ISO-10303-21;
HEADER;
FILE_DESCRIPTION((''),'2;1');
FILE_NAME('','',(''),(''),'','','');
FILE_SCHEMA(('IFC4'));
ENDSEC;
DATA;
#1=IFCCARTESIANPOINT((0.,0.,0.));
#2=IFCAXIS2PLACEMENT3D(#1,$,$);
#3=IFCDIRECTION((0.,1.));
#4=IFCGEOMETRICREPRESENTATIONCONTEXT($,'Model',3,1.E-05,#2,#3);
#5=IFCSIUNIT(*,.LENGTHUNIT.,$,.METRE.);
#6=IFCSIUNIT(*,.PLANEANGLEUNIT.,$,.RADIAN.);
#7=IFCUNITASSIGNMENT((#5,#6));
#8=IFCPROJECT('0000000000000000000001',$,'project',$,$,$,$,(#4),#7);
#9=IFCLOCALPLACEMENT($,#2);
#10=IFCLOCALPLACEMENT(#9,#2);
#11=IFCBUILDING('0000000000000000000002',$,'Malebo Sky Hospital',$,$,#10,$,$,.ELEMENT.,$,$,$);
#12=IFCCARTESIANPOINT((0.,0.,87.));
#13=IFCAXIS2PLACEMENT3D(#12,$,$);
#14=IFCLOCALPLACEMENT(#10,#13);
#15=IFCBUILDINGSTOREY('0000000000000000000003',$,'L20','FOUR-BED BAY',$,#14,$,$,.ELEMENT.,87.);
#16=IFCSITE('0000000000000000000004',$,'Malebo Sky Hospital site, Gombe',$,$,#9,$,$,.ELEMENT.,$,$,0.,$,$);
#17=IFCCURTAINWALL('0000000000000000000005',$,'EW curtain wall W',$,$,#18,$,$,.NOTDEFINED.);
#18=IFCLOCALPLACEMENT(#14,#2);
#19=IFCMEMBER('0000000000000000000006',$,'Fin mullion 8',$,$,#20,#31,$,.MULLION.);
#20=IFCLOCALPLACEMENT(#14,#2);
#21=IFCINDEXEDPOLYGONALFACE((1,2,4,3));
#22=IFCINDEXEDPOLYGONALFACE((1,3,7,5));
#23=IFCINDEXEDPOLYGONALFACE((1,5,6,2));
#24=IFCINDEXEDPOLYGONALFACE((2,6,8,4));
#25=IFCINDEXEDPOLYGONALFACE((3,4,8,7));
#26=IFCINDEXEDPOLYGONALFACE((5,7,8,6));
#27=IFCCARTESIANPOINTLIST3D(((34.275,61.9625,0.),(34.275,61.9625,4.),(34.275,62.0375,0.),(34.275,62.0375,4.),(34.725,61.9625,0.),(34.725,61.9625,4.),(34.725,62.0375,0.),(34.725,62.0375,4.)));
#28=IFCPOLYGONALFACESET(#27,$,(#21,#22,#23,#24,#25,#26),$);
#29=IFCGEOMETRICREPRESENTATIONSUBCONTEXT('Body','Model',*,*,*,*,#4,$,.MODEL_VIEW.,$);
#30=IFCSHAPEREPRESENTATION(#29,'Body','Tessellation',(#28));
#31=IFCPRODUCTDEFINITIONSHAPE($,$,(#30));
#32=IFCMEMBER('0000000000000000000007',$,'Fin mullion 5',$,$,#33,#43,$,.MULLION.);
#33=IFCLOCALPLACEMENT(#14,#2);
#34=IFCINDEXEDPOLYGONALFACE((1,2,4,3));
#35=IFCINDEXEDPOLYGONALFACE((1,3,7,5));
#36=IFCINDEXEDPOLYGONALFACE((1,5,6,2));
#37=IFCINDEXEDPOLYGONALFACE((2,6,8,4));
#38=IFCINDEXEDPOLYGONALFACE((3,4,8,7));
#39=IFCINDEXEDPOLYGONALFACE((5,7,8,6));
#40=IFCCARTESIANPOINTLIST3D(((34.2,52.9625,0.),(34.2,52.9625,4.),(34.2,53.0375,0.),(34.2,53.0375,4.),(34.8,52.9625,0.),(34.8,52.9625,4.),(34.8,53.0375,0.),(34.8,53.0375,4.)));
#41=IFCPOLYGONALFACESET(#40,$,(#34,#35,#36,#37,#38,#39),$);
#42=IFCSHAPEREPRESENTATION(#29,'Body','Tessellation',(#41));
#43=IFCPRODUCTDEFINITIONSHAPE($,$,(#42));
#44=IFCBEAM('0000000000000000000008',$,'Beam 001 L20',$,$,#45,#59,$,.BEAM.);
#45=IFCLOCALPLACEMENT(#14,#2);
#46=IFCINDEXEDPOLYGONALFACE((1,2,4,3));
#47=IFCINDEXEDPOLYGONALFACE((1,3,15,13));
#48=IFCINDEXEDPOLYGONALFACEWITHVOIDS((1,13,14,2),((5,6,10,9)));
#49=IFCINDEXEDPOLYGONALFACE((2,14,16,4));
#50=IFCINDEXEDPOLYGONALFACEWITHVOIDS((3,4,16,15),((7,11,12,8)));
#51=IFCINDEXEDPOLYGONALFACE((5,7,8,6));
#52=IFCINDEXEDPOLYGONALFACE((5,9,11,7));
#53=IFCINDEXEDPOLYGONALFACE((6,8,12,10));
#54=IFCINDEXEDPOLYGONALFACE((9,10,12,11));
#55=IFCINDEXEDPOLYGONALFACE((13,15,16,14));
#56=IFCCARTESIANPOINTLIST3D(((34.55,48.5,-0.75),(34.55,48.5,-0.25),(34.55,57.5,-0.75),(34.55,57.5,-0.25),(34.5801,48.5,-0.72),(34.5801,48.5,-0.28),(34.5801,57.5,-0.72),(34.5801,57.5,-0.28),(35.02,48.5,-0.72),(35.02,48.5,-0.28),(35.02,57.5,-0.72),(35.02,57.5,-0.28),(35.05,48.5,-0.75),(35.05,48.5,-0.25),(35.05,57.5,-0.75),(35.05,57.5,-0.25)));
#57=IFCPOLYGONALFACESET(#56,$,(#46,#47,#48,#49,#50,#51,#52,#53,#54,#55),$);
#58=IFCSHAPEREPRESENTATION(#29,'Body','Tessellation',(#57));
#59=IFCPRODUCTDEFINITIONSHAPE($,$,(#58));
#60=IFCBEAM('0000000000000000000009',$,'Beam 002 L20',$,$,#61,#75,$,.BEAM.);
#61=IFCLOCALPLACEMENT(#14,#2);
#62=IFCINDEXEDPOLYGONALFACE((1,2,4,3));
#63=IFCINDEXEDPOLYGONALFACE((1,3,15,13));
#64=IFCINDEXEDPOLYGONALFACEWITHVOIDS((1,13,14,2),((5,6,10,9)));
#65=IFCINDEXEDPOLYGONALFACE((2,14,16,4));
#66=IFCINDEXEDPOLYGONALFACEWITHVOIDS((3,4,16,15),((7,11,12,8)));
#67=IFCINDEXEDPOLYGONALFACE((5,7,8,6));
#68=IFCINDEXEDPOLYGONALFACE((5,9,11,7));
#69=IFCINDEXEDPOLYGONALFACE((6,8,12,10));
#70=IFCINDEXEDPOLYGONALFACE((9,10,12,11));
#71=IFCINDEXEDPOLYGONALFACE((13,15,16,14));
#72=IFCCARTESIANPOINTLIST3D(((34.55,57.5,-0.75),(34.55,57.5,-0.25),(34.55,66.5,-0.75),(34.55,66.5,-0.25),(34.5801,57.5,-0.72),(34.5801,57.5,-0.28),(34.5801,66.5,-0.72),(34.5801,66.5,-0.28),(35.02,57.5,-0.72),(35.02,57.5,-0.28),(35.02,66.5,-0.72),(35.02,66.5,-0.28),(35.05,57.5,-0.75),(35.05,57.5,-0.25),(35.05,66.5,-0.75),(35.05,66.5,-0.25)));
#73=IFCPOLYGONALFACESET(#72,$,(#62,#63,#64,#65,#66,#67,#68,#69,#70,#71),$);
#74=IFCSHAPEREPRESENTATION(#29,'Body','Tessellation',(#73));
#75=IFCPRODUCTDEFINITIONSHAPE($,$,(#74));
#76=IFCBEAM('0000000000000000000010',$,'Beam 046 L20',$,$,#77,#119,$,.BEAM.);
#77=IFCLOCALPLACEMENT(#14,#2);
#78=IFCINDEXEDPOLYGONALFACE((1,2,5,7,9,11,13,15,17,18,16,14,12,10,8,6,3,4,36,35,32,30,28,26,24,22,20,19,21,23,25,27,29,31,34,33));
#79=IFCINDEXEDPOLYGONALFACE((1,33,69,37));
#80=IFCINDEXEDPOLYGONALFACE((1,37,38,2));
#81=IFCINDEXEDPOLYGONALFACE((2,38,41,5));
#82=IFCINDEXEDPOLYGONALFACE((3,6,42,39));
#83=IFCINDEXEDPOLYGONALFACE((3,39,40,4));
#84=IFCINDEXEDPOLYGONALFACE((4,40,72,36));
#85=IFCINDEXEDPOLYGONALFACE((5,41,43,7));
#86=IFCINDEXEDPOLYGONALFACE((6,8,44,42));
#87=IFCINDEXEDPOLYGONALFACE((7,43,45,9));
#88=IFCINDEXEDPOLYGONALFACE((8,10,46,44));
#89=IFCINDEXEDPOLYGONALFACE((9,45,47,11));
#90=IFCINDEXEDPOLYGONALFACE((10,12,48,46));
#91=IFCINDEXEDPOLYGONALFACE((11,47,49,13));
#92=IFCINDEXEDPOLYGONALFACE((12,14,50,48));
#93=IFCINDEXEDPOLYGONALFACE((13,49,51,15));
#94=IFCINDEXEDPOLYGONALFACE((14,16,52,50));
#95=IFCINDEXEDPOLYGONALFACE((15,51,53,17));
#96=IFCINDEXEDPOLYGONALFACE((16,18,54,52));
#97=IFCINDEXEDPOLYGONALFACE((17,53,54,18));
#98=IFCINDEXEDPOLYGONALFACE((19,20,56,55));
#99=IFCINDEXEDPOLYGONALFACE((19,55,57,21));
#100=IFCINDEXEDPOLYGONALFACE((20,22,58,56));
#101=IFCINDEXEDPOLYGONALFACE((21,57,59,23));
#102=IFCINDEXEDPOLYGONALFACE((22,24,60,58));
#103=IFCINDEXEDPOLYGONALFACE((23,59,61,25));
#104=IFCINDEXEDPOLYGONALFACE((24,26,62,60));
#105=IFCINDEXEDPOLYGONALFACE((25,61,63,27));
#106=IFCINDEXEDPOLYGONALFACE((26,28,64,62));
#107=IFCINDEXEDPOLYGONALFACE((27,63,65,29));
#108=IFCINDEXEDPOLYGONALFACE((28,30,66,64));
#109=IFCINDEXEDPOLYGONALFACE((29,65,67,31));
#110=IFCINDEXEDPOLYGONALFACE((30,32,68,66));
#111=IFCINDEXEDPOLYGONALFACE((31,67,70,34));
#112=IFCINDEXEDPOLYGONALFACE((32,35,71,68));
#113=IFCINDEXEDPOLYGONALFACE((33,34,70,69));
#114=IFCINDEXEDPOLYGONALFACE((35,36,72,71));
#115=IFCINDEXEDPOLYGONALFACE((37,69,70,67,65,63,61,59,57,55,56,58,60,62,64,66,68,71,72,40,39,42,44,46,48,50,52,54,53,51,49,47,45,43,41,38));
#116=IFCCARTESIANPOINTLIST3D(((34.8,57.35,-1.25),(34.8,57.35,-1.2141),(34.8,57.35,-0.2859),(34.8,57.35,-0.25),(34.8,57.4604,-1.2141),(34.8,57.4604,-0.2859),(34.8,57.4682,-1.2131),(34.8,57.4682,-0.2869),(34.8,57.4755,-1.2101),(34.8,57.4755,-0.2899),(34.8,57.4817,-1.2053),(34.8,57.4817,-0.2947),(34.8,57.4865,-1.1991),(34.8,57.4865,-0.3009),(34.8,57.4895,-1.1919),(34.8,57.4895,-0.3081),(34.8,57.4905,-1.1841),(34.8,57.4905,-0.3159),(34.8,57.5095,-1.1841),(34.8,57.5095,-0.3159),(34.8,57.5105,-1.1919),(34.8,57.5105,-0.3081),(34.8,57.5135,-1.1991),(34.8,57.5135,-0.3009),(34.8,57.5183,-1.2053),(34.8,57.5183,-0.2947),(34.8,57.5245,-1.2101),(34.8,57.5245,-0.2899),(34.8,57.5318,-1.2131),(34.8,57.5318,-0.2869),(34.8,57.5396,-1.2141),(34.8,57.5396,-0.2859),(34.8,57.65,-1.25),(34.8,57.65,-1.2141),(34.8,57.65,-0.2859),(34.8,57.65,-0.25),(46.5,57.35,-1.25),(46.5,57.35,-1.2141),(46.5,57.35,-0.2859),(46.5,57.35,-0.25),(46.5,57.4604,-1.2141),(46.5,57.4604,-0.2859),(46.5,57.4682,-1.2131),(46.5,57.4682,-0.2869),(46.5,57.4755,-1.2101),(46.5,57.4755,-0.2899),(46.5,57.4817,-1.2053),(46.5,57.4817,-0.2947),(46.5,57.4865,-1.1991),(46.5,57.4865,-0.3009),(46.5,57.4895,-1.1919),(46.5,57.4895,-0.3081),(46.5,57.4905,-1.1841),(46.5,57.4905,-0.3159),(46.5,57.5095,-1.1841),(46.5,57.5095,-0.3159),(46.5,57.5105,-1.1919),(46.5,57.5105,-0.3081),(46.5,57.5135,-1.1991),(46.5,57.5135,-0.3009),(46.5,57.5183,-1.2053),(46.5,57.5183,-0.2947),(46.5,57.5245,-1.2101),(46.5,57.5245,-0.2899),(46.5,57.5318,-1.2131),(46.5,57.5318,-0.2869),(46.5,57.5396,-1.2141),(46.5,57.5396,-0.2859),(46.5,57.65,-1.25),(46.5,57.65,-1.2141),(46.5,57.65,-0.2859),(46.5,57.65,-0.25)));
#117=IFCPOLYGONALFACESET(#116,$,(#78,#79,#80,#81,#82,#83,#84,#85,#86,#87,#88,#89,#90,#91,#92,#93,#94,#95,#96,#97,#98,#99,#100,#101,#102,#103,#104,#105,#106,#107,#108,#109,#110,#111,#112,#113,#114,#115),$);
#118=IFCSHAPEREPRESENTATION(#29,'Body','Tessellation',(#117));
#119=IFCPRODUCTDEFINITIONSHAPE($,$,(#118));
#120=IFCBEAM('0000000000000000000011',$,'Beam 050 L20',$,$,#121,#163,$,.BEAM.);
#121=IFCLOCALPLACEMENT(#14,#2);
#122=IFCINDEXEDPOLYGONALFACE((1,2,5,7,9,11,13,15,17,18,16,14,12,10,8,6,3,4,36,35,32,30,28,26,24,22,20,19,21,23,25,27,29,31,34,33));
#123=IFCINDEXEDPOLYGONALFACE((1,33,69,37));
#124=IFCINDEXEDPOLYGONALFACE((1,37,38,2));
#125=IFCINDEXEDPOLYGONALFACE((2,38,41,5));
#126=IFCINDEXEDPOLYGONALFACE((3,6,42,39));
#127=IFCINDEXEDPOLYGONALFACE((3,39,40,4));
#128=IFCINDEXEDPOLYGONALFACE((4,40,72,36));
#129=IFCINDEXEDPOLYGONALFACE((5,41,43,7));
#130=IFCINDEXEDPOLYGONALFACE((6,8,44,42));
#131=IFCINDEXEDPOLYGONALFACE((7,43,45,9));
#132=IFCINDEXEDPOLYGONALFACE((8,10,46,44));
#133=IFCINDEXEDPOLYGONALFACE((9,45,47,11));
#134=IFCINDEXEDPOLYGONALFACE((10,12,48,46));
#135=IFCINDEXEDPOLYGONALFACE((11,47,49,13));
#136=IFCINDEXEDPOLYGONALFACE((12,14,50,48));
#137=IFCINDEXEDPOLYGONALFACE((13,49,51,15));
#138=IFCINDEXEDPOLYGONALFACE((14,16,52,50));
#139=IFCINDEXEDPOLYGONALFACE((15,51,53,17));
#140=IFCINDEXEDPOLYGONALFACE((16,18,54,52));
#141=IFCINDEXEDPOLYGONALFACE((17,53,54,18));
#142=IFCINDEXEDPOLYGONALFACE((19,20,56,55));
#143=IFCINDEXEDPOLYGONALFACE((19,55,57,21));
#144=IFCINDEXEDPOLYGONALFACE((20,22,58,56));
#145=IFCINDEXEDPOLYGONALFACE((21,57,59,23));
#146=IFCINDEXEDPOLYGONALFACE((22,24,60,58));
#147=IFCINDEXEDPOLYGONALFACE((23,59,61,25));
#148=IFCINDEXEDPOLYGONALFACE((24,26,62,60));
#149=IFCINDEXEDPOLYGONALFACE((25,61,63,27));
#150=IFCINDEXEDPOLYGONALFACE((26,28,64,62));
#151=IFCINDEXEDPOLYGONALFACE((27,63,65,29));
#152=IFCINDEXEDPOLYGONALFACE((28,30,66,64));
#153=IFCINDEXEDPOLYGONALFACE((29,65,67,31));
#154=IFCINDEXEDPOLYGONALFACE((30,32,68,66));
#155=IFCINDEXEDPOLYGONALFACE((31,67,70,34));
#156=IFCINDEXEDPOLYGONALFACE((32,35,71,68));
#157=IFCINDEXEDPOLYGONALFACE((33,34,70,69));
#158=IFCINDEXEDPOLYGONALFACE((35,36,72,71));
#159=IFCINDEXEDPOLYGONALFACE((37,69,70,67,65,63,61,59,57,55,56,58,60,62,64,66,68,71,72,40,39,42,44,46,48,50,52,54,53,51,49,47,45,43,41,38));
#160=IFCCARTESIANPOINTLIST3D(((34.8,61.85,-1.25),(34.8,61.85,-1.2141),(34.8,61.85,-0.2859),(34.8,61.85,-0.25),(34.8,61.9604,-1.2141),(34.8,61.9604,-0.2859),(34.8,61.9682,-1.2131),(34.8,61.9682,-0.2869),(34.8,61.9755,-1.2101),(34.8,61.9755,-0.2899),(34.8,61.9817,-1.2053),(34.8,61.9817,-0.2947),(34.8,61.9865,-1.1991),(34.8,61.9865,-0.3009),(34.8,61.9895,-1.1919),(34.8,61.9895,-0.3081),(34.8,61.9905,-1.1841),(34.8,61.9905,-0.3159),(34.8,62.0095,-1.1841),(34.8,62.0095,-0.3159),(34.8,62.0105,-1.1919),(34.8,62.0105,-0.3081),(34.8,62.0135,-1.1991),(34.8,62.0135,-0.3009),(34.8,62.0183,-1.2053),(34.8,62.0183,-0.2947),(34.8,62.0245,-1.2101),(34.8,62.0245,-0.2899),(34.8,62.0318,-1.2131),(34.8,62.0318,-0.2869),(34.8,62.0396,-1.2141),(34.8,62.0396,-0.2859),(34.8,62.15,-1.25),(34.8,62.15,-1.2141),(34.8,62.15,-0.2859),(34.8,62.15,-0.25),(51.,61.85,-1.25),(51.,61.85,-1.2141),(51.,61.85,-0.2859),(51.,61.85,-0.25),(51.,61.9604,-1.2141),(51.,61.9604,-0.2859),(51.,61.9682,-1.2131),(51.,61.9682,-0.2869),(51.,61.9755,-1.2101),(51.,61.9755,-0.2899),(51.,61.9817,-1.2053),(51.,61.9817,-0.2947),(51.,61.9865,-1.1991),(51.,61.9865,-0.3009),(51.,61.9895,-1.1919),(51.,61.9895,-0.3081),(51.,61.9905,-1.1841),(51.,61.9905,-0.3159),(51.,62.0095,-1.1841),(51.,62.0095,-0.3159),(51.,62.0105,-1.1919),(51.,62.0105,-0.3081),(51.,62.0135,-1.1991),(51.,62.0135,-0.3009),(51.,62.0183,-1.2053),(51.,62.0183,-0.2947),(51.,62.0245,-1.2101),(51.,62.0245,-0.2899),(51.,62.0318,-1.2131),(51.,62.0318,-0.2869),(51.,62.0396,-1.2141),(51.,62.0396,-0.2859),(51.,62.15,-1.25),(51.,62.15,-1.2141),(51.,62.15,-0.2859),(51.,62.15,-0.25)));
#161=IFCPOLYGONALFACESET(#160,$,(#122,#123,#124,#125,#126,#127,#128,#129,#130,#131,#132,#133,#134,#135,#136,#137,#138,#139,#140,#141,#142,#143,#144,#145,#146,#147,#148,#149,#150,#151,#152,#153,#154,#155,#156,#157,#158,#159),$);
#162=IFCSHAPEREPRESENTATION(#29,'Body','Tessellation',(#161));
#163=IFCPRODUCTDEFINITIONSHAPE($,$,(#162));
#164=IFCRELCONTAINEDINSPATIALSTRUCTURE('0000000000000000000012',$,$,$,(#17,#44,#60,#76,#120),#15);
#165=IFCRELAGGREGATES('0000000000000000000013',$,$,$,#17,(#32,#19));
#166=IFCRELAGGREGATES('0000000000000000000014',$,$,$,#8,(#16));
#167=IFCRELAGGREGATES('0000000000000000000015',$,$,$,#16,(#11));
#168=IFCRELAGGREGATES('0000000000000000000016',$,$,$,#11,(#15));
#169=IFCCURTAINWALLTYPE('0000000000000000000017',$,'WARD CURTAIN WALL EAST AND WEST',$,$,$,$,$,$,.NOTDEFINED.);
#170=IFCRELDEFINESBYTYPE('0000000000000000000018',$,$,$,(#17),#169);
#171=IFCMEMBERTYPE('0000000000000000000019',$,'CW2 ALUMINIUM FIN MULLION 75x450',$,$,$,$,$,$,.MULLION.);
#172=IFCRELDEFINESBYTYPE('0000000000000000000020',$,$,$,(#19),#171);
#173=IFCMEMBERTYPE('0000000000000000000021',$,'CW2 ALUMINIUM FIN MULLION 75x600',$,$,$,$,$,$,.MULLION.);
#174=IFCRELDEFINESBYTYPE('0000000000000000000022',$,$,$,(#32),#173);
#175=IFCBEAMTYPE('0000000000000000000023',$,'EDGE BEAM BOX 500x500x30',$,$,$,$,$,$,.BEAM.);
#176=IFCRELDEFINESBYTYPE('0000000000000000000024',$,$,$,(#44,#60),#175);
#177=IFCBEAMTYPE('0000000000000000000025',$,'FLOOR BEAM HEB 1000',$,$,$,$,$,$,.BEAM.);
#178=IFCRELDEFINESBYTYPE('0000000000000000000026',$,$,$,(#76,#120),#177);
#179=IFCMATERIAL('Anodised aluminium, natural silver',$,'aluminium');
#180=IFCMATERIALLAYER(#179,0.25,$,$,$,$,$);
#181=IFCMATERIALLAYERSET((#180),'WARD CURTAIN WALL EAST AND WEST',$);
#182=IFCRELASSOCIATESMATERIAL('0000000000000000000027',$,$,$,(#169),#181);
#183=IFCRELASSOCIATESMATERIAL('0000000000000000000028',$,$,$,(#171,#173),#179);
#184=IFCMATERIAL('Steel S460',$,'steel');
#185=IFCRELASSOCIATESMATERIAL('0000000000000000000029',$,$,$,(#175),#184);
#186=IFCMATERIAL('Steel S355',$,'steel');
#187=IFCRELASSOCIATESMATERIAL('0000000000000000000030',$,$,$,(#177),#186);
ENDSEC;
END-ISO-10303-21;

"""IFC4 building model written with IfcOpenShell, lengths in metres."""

from ifc_helpers import new_model, si_unit, direction, frame, origin, origin_2d, place, context, subcontext, project, spatial, rectangle, hollow_rectangle, i_section, extrude, material, layer, layer_set, material_profile, profile_set, type_object, element, aggregate, save


model = new_model("IFC4")

# Units and contexts
model_context = context("Model", 3, precision=1e-05, world=origin(), true_north=direction((0.0, 1.0)))
body_context = subcontext(model_context, "Body", "Model", "MODEL_VIEW")
ifc_project = project(units=[si_unit("LENGTHUNIT", "METRE"), si_unit("PLANEANGLEUNIT", "RADIAN")], contexts=[model_context])

# Site, building, storey
site_placement = place(None, origin())
site = spatial("IfcSite", under=ifc_project, at=site_placement, Name="Malebo Sky Hospital site, Gombe", CompositionType="ELEMENT", RefElevation=0.0)
building_placement = place(site_placement, origin())
building = spatial("IfcBuilding", under=site, at=building_placement, Name="Malebo Sky Hospital", CompositionType="ELEMENT")
storey_placement = place(building_placement, frame((0.0, 0.0, 87.0)))
storey = spatial("IfcBuildingStorey", under=building, at=storey_placement, Name="L20", Description="FOUR-BED BAY", CompositionType="ELEMENT", Elevation=87.0)

# Shared definitions
ifc_material_1 = material(Name="Steel S460", Category="steel")

# Curtain wall
ifc_material_2 = material(Name="Anodised aluminium, natural silver", Category="aluminium")
ifc_layer_1 = layer(ifc_material_2, 0.25)
ifc_layer_set_1 = layer_set([ifc_layer_1], Name="WARD CURTAIN WALL EAST AND WEST")
curtain_wall_type = type_object("IfcCurtainWallType", Name="WARD CURTAIN WALL EAST AND WEST", PredefinedType="NOTDEFINED", material=ifc_layer_set_1)
curtain_wall_placement = place(storey_placement, origin())
curtain_wall = element("IfcCurtainWall", 1, at=curtain_wall_placement, inside=storey, type_object=curtain_wall_type, Name="EW curtain wall W", PredefinedType="NOTDEFINED")

# Members
ifc_material_3 = material(Name="Steel S355", Category="steel")
ifc_material_profile_1 = material_profile(ifc_material_2, rectangle(XDim=0.075, YDim=0.45, at=origin_2d()), Name="CW2 ALUMINIUM FIN MULLION 75x450")
ifc_profile_set_1 = profile_set([ifc_material_profile_1], Name="Anodised aluminium, natural silver")
member_type_1 = type_object("IfcMemberType", Name="CW2 ALUMINIUM FIN MULLION 75x450", PredefinedType="MULLION", material=ifc_profile_set_1)
member_1_placement = place(storey_placement, frame((34.5, 62.0, 0.0), z_axis=(0.0, 0.0, 1.0), x_axis=(0.0, 1.0, 0.0)))
member_1 = element("IfcMember", 2, at=member_1_placement, type_object=member_type_1, Name="Fin mullion 8", PredefinedType="MULLION", context=body_context, shape_type="SweptSolid", body=[
    extrude(rectangle(XDim=0.075, YDim=0.45, at=origin_2d()), origin(), (0.0, 0.0, 1.0), 4.0),
])
ifc_material_profile_2 = material_profile(ifc_material_2, rectangle(XDim=0.075, YDim=0.6001, at=origin_2d()), Name="CW2 ALUMINIUM FIN MULLION 75x600")
ifc_profile_set_2 = profile_set([ifc_material_profile_2], Name="Anodised aluminium, natural silver")
member_type_2 = type_object("IfcMemberType", Name="CW2 ALUMINIUM FIN MULLION 75x600", PredefinedType="MULLION", material=ifc_profile_set_2)
member_2_placement = place(storey_placement, frame((34.5, 53.0, 0.0), z_axis=(0.0, 0.0, 1.0), x_axis=(0.0, 1.0, 0.0)))
member_2 = element("IfcMember", 3, at=member_2_placement, type_object=member_type_2, Name="Fin mullion 5", PredefinedType="MULLION", context=body_context, shape_type="SweptSolid", body=[
    extrude(rectangle(XDim=0.075, YDim=0.6001, at=origin_2d()), origin(), (0.0, 0.0, 1.0), 4.0),
])

# Beams
ifc_material_profile_3 = material_profile(ifc_material_1, hollow_rectangle(XDim=0.5, YDim=0.5, WallThickness=0.03, at=origin_2d()), Name="BOX 500x500x30")
ifc_profile_set_3 = profile_set([ifc_material_profile_3], Name="Steel S460")
beam_type_1 = type_object("IfcBeamType", Name="EDGE BEAM BOX 500x500x30", PredefinedType="BEAM", material=ifc_profile_set_3)
for number, where, z_axis, x_axis, name in (
    (4, (34.8, 48.5, -0.5), (0.0, 1.0, 0.0), (-1.0, 0.0, 0.0), "Beam 001 L20"),
    (5, (34.8, 57.5, -0.5), (0.0, 1.0, 0.0), (-1.0, 0.0, 0.0), "Beam 002 L20"),
):
    element("IfcBeam", number, at=place(storey_placement, frame(where, z_axis=z_axis, x_axis=x_axis)), inside=storey, type_object=beam_type_1, Name=name, PredefinedType="BEAM", context=body_context, shape_type="SweptSolid", body=[
        extrude(hollow_rectangle(XDim=0.5, YDim=0.5, WallThickness=0.03, at=origin_2d()), origin(), (0.0, 0.0, 1.0), 9.0),
    ])
ifc_material_profile_4 = material_profile(ifc_material_3, i_section(OverallWidth=0.3, OverallDepth=1.0, WebThickness=0.019, FlangeThickness=0.0359, FilletRadius=0.03, at=origin_2d()), Name="HEB 1000")
ifc_profile_set_4 = profile_set([ifc_material_profile_4], Name="Steel S355")
beam_type_2 = type_object("IfcBeamType", Name="FLOOR BEAM HEB 1000", PredefinedType="BEAM", material=ifc_profile_set_4)
beam_1_placement = place(storey_placement, frame((34.8, 57.5, -0.75), z_axis=(1.0, 0.0, 0.0), x_axis=(0.0, 1.0, 0.0)))
element("IfcBeam", 6, at=beam_1_placement, inside=storey, type_object=beam_type_2, Name="Beam 046 L20", PredefinedType="BEAM", context=body_context, shape_type="SweptSolid", body=[
    extrude(i_section(OverallWidth=0.3, OverallDepth=1.0, WebThickness=0.019, FlangeThickness=0.0359, FilletRadius=0.03, at=origin_2d()), origin(), (0.0, 0.0, 1.0), 11.7),
])
beam_2_placement = place(storey_placement, frame((34.8, 62.0, -0.75), z_axis=(1.0, 0.0, 0.0), x_axis=(0.0, 1.0, 0.0)))
element("IfcBeam", 7, at=beam_2_placement, inside=storey, type_object=beam_type_2, Name="Beam 050 L20", PredefinedType="BEAM", context=body_context, shape_type="SweptSolid", body=[
    extrude(i_section(OverallWidth=0.3, OverallDepth=1.0, WebThickness=0.019, FlangeThickness=0.0359, FilletRadius=0.03, at=origin_2d()), origin(), (0.0, 0.0, 1.0), 16.2),
])

aggregate(curtain_wall, [member_2, member_1])

save(model, "model.ifc")
